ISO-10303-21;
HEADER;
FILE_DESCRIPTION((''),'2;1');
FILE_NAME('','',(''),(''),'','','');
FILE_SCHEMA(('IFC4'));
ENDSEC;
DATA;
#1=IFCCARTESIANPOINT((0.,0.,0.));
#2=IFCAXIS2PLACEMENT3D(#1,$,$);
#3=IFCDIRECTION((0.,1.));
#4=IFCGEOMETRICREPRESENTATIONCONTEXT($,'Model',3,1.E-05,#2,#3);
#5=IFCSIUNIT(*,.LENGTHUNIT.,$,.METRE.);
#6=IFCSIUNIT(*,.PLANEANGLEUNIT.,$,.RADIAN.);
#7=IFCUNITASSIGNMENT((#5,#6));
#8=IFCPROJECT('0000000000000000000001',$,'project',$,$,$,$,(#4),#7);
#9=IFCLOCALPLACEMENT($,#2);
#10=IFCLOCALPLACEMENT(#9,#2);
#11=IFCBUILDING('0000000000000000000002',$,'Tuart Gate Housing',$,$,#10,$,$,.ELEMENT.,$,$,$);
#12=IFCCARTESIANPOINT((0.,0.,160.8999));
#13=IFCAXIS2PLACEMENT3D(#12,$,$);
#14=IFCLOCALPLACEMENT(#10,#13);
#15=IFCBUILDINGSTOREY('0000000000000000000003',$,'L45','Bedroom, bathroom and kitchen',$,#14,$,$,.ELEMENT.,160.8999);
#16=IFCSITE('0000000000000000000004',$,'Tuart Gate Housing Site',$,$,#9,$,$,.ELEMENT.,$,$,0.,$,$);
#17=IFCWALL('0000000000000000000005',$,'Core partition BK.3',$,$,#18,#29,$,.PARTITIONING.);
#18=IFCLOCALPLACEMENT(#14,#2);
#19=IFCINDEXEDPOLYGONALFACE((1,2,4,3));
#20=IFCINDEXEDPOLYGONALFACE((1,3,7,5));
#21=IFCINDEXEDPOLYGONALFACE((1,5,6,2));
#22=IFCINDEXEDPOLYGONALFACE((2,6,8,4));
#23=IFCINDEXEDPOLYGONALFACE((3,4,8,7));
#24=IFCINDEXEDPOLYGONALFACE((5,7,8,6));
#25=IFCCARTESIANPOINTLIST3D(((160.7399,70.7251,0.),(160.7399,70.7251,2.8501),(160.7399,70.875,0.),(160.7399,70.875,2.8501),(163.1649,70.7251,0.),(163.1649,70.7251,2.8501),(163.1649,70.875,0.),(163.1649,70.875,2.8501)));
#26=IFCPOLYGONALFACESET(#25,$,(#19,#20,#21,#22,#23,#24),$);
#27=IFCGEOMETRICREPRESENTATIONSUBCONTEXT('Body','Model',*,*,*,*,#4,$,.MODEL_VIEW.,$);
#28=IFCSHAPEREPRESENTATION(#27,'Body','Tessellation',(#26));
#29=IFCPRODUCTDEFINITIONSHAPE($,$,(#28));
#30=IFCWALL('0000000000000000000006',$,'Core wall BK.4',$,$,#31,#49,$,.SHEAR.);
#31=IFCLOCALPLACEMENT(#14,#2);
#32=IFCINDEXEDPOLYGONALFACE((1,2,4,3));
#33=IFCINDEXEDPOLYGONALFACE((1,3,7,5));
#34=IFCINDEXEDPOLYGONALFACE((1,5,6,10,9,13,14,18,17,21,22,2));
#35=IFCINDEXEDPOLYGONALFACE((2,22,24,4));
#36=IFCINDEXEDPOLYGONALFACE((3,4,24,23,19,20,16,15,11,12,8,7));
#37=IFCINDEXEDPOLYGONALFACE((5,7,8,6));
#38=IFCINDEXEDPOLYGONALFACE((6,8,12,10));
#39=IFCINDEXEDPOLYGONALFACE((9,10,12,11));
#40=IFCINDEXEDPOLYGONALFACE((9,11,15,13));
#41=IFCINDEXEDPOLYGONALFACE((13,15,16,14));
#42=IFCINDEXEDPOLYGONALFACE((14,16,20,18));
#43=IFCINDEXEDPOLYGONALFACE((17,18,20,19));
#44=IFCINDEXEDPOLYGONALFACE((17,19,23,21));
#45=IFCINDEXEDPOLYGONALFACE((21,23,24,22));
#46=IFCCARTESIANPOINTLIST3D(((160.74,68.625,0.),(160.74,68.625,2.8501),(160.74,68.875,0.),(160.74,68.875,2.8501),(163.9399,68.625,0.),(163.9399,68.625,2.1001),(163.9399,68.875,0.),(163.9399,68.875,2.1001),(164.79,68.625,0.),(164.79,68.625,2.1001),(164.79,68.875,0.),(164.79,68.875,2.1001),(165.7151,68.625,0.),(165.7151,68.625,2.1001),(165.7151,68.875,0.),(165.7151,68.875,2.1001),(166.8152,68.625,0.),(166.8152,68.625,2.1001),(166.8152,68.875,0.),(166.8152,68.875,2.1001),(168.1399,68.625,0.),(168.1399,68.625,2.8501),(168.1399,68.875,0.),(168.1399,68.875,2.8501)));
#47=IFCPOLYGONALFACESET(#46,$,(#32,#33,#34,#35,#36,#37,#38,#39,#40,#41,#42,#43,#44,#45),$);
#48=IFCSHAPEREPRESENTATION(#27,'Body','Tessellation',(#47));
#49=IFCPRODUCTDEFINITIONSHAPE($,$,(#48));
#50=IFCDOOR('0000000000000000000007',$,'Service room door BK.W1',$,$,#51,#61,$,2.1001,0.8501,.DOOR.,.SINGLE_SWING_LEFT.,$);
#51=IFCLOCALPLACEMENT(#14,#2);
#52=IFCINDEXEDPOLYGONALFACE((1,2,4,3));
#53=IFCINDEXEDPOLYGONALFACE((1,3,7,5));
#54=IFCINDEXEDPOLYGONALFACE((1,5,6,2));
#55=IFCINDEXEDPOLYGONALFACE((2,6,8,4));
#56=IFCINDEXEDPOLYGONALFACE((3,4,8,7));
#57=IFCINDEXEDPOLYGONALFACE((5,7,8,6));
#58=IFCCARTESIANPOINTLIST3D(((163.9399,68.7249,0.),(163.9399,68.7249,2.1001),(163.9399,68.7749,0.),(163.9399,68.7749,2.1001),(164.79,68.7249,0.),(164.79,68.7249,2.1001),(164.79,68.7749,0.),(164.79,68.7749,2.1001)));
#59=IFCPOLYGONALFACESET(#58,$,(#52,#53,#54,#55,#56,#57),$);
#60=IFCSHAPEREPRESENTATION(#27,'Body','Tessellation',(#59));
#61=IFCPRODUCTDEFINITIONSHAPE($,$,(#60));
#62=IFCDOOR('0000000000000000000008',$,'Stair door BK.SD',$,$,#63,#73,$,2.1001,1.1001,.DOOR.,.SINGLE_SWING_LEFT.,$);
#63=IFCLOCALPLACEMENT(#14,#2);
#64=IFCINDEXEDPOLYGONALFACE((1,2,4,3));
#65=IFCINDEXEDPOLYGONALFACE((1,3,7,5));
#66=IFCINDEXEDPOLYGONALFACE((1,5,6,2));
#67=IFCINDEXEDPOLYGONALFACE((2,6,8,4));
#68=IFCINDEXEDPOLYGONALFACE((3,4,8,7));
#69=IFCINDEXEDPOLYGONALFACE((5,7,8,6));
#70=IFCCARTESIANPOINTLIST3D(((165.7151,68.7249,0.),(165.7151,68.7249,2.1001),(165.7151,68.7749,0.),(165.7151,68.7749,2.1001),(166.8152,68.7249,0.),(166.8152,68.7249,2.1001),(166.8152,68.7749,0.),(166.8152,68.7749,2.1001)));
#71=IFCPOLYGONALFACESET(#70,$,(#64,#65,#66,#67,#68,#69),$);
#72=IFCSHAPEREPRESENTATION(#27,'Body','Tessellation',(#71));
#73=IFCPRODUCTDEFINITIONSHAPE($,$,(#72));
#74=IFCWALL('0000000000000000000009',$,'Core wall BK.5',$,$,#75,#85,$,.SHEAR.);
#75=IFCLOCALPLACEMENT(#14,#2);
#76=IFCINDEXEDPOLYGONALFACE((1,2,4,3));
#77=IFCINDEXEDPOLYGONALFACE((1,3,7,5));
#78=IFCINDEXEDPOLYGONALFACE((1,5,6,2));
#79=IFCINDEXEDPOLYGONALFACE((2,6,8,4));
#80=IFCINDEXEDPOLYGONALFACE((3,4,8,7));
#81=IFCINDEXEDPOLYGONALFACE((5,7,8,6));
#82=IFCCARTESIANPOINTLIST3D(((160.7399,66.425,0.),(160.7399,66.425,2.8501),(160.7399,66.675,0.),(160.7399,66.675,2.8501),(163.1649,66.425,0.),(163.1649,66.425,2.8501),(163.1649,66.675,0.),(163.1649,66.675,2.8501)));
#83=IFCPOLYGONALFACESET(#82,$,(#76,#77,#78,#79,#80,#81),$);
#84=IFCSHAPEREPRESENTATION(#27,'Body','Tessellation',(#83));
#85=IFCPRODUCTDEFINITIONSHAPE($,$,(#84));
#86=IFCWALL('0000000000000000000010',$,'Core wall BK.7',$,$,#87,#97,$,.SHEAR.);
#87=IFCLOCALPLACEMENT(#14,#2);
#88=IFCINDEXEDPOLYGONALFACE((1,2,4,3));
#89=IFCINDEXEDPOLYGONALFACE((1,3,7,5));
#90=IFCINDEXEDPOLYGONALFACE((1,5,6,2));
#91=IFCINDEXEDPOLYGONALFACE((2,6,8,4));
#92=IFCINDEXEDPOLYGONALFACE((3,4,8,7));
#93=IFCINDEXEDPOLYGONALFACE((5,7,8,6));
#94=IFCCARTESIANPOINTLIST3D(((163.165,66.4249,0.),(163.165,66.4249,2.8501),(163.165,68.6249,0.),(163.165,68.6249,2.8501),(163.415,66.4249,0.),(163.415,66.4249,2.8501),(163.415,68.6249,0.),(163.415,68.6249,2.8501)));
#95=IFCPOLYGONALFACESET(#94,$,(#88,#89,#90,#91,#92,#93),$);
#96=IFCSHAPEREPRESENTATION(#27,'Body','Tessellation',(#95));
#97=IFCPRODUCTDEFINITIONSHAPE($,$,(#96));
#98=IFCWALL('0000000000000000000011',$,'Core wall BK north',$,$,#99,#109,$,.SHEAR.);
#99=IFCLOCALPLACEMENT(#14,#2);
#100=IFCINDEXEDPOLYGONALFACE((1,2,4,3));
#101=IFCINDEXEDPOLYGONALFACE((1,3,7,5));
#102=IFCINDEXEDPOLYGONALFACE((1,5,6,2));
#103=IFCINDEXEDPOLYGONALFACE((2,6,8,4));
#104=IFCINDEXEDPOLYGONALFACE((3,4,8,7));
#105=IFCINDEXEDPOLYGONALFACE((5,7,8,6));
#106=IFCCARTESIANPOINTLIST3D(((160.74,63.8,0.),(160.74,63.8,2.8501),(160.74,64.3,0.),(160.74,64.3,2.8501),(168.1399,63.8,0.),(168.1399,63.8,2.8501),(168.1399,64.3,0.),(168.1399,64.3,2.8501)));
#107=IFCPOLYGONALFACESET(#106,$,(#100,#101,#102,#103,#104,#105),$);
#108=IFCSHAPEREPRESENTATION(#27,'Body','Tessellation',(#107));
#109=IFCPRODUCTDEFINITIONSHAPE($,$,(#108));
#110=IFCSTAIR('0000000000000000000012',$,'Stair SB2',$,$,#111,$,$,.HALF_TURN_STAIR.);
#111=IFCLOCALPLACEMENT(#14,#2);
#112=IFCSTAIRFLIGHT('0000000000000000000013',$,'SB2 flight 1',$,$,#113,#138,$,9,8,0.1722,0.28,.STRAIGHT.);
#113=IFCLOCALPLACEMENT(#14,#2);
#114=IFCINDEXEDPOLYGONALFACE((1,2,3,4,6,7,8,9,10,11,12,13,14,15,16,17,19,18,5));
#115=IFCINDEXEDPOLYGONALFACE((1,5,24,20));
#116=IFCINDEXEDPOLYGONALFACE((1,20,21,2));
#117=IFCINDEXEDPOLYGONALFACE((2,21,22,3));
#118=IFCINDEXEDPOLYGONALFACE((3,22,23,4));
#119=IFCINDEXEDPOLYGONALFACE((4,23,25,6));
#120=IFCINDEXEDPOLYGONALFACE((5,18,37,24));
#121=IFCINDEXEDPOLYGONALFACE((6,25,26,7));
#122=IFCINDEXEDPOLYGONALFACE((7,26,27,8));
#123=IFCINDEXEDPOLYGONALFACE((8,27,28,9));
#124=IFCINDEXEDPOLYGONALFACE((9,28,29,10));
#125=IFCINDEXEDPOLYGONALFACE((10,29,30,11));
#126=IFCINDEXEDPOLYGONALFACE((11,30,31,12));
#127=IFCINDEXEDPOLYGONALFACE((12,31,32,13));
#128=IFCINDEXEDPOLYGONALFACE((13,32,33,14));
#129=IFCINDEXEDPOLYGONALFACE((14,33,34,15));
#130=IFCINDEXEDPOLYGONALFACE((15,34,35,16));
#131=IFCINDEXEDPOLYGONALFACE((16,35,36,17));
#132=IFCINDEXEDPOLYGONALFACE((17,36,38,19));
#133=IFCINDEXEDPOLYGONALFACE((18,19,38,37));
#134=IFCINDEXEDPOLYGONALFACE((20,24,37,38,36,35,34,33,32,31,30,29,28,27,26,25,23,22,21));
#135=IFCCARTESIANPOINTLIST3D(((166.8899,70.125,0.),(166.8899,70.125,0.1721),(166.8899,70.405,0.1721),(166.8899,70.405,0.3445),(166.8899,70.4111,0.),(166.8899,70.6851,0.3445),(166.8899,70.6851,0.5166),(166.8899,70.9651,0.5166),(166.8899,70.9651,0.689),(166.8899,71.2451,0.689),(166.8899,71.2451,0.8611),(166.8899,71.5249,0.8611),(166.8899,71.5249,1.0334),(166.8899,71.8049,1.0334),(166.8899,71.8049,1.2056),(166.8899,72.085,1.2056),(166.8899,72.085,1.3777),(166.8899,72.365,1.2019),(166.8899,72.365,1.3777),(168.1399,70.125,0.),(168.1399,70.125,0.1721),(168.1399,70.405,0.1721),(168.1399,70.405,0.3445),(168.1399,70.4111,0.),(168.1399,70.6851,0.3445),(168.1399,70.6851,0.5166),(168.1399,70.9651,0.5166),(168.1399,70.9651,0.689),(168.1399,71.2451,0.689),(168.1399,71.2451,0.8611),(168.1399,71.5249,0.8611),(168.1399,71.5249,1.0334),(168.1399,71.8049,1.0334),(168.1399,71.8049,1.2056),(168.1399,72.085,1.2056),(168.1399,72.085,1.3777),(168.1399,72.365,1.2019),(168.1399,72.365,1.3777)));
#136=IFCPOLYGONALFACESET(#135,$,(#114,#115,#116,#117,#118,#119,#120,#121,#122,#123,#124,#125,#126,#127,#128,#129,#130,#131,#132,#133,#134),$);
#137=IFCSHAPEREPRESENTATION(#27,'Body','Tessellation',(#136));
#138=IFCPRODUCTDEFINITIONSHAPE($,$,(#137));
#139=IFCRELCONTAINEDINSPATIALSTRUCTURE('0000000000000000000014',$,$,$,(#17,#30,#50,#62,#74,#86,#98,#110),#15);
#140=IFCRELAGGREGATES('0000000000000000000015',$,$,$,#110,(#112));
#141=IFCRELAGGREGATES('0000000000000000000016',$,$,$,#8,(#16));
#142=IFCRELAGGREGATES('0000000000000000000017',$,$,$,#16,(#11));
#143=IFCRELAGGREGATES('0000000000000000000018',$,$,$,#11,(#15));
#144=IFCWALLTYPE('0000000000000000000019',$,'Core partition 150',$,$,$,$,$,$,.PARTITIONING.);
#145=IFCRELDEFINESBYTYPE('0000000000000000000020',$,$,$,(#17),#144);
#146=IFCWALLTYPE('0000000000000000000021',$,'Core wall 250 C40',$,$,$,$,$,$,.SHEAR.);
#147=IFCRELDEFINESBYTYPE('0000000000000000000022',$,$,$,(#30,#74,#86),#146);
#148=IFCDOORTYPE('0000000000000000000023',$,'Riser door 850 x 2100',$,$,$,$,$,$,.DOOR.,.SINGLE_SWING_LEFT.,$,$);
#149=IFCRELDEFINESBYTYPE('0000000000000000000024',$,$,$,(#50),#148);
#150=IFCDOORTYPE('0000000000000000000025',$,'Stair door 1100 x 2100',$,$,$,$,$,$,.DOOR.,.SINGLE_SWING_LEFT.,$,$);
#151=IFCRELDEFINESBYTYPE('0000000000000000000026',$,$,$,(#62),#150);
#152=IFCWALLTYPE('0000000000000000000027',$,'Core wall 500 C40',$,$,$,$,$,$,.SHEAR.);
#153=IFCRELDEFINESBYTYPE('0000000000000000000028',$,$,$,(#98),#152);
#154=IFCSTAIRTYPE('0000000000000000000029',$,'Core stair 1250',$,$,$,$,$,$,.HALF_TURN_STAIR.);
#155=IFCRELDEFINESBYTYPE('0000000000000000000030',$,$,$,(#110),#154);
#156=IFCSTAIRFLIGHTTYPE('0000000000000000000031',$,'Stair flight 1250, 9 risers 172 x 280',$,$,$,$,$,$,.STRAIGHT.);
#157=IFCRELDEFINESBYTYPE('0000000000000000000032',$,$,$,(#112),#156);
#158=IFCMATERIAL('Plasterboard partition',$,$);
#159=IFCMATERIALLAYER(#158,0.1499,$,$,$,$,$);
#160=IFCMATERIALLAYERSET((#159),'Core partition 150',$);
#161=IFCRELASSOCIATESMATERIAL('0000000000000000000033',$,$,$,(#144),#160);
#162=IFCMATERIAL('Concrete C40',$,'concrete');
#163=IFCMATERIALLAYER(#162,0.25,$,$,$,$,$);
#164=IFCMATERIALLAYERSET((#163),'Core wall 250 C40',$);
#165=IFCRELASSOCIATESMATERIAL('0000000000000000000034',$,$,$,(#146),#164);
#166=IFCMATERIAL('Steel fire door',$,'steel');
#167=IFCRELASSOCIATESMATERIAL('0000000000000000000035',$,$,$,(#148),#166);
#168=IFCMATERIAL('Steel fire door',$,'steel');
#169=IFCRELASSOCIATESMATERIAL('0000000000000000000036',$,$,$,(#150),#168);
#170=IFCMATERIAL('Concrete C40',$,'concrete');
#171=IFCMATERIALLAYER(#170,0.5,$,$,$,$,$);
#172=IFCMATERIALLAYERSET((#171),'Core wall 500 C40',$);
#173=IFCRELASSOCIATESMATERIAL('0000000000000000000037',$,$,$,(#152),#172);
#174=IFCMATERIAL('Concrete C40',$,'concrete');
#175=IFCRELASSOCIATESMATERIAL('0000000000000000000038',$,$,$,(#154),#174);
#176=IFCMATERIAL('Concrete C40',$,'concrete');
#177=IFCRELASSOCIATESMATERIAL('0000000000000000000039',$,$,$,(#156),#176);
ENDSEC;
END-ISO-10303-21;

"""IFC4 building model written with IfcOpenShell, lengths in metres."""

from ifc_helpers import new_model, si_unit, direction, frame, frame_2d, origin, place, context, subcontext, project, spatial, polyline, rectangle, outline, extrude, material, layer, layer_set, type_object, element, fill, aggregate, save


model = new_model("IFC4")

# Units and contexts
model_context = context("Model", 3, precision=1e-05, world=origin(), true_north=direction((0.0, 1.0)))
body_context = subcontext(model_context, "Body", "Model", "MODEL_VIEW")
ifc_project = project(units=[si_unit("LENGTHUNIT", "METRE"), si_unit("PLANEANGLEUNIT", "RADIAN")], contexts=[model_context])

# Site, building, storey
site_placement = place(None, origin())
site = spatial("IfcSite", under=ifc_project, at=site_placement, Name="Tuart Gate Housing Site", CompositionType="ELEMENT", RefElevation=0.0)
building_placement = place(site_placement, origin())
building = spatial("IfcBuilding", under=site, at=building_placement, Name="Tuart Gate Housing", CompositionType="ELEMENT")
storey_placement = place(building_placement, frame((0.0, 0.0, 160.8999)))
storey = spatial("IfcBuildingStorey", under=building, at=storey_placement, Name="L45", Description="Bedroom, bathroom and kitchen", CompositionType="ELEMENT", Elevation=160.8999)

# Wall
ifc_material_1 = material(Name="Plasterboard partition")
ifc_layer_1 = layer(ifc_material_1, 0.1499)
ifc_layer_set_1 = layer_set([ifc_layer_1], Name="Core partition 150")
wall_type_1 = type_object("IfcWallType", Name="Core partition 150", PredefinedType="PARTITIONING", material=ifc_layer_set_1)
wall_1_placement = place(storey_placement, frame((160.74, 70.8, 0.0), z_axis=(0.0, 0.0, 1.0), x_axis=(1.0, 0.0, 0.0)))
element("IfcWall", 1, at=wall_1_placement, inside=storey, type_object=wall_type_1, Name="Core partition BK.3", PredefinedType="PARTITIONING", context=body_context, shape_type="SweptSolid", body=[
    extrude(rectangle(XDim=2.425, YDim=0.1499, at=frame_2d((1.2124, 0.0))), origin(), (0.0, 0.0, 1.0), 2.8501),
])

# Wall, openings, doors
ifc_material_2 = material(Name="Concrete C40", Category="concrete")
ifc_layer_2 = layer(ifc_material_2, 0.25)
ifc_layer_set_2 = layer_set([ifc_layer_2], Name="Core wall 250 C40")
wall_type_2 = type_object("IfcWallType", Name="Core wall 250 C40", PredefinedType="SHEAR", material=ifc_layer_set_2)
wall_2_placement = place(storey_placement, frame((160.74, 68.75, 0.0), z_axis=(0.0, 0.0, 1.0), x_axis=(1.0, 0.0, 0.0)))
wall_2 = element("IfcWall", 2, at=wall_2_placement, inside=storey, type_object=wall_type_2, Name="Core wall BK.4", PredefinedType="SHEAR", context=body_context, shape_type="SweptSolid", body=[
    extrude(rectangle(XDim=7.3999, YDim=0.25, at=frame_2d((3.7, 0.0))), origin(), (0.0, 0.0, 1.0), 2.8501),
])
opening_1_placement = place(wall_2_placement, frame((4.9751, 0.0, 0.0)))
opening_1 = element("IfcOpeningElement", 3, at=opening_1_placement, cuts=wall_2, PredefinedType="OPENING", context=body_context, shape_type="SweptSolid", body=[
    extrude(rectangle(XDim=1.1001, YDim=2.1001, at=frame_2d((0.55, 1.05))), frame((0.0, 0.135, 0.0), z_axis=(0.0, -1.0, 0.0), x_axis=(1.0, 0.0, 0.0)), (0.0, 0.0, 1.0), 0.27),
])
opening_2_placement = place(wall_2_placement, frame((3.2, 0.0, 0.0)))
opening_2 = element("IfcOpeningElement", 4, at=opening_2_placement, cuts=wall_2, PredefinedType="OPENING", context=body_context, shape_type="SweptSolid", body=[
    extrude(rectangle(XDim=0.8501, YDim=2.1001, at=frame_2d((0.425, 1.05))), frame((0.0, 0.135, 0.0), z_axis=(0.0, -1.0, 0.0), x_axis=(1.0, 0.0, 0.0)), (0.0, 0.0, 1.0), 0.27),
])
ifc_material_3 = material(Name="Steel fire door", Category="steel")
door_type_1 = type_object("IfcDoorType", Name="Riser door 850 x 2100", OperationType="SINGLE_SWING_LEFT", PredefinedType="DOOR", material=ifc_material_3)
door_1_placement = place(opening_2_placement, origin())
door_1 = element("IfcDoor", 5, at=door_1_placement, inside=storey, type_object=door_type_1, Name="Service room door BK.W1", OperationType="SINGLE_SWING_LEFT", OverallHeight=2.1001, OverallWidth=0.8501, PredefinedType="DOOR", context=body_context, shape_type="SweptSolid", body=[
    extrude(rectangle(XDim=0.8501, YDim=2.1001, at=frame_2d((0.425, 1.05))), frame((0.0, 0.0249, 0.0), z_axis=(0.0, -1.0, 0.0), x_axis=(1.0, 0.0, 0.0)), (0.0, 0.0, 1.0), 0.05),
])
fill(opening_2, door_1)
ifc_material_4 = material(Name="Steel fire door", Category="steel")
door_type_2 = type_object("IfcDoorType", Name="Stair door 1100 x 2100", OperationType="SINGLE_SWING_LEFT", PredefinedType="DOOR", material=ifc_material_4)
door_2_placement = place(opening_1_placement, origin())
door_2 = element("IfcDoor", 6, at=door_2_placement, inside=storey, type_object=door_type_2, Name="Stair door BK.SD", OperationType="SINGLE_SWING_LEFT", OverallHeight=2.1001, OverallWidth=1.1001, PredefinedType="DOOR", context=body_context, shape_type="SweptSolid", body=[
    extrude(rectangle(XDim=1.1001, YDim=2.1001, at=frame_2d((0.55, 1.05))), frame((0.0, 0.0249, 0.0), z_axis=(0.0, -1.0, 0.0), x_axis=(1.0, 0.0, 0.0)), (0.0, 0.0, 1.0), 0.05),
])
fill(opening_1, door_2)

# Walls
wall_3_placement = place(storey_placement, frame((160.74, 66.55, 0.0), z_axis=(0.0, 0.0, 1.0), x_axis=(1.0, 0.0, 0.0)))
element("IfcWall", 7, at=wall_3_placement, inside=storey, type_object=wall_type_2, Name="Core wall BK.5", PredefinedType="SHEAR", context=body_context, shape_type="SweptSolid", body=[
    extrude(rectangle(XDim=2.425, YDim=0.25, at=frame_2d((1.2124, 0.0))), origin(), (0.0, 0.0, 1.0), 2.8501),
])
wall_4_placement = place(storey_placement, frame((163.29, 68.625, 0.0), z_axis=(0.0, 0.0, 1.0), x_axis=(0.0, -1.0, 0.0)))
element("IfcWall", 8, at=wall_4_placement, inside=storey, type_object=wall_type_2, Name="Core wall BK.7", PredefinedType="SHEAR", context=body_context, shape_type="SweptSolid", body=[
    extrude(rectangle(XDim=2.2, YDim=0.25, at=frame_2d((1.1001, 0.0))), origin(), (0.0, 0.0, 1.0), 2.8501),
])
ifc_material_5 = material(Name="Concrete C40", Category="concrete")
ifc_layer_3 = layer(ifc_material_5, 0.5)
ifc_layer_set_3 = layer_set([ifc_layer_3], Name="Core wall 500 C40")
wall_type_3 = type_object("IfcWallType", Name="Core wall 500 C40", PredefinedType="SHEAR", material=ifc_layer_set_3)
wall_5_placement = place(storey_placement, frame((160.74, 64.05, 0.0), z_axis=(0.0, 0.0, 1.0), x_axis=(1.0, 0.0, 0.0)))
element("IfcWall", 9, at=wall_5_placement, inside=storey, type_object=wall_type_3, Name="Core wall BK north", PredefinedType="SHEAR", context=body_context, shape_type="SweptSolid", body=[
    extrude(rectangle(XDim=7.3999, YDim=0.5, at=frame_2d((3.7, 0.0))), origin(), (0.0, 0.0, 1.0), 2.8501),
])

# Stair, stair flight
ifc_material_6 = material(Name="Concrete C40", Category="concrete")
stair_type = type_object("IfcStairType", Name="Core stair 1250", PredefinedType="HALF_TURN_STAIR", material=ifc_material_6)
stair_placement = place(storey_placement, origin())
stair = element("IfcStair", 10, at=stair_placement, inside=storey, type_object=stair_type, Name="Stair SB2", PredefinedType="HALF_TURN_STAIR")
ifc_material_7 = material(Name="Concrete C40", Category="concrete")
stair_flight_type = type_object("IfcStairFlightType", Name="Stair flight 1250, 9 risers 172 x 280", PredefinedType="STRAIGHT", material=ifc_material_7)
stair_flight_placement = place(storey_placement, frame((167.5149, 70.125, 0.0), z_axis=(0.0, 0.0, 1.0), x_axis=(0.0, 1.0, 0.0)))
stair_flight = element("IfcStairFlight", 11, at=stair_flight_placement, type_object=stair_flight_type, Name="SB2 flight 1", NumberOfRisers=9, NumberOfTreads=8, PredefinedType="STRAIGHT", RiserHeight=0.1722, TreadLength=0.28, context=body_context, shape_type="SweptSolid", body=[
    extrude(outline(polyline([(0.0, 0.0), (0.0, 0.1721), (0.28, 0.1721), (0.28, 0.3445), (0.5601, 0.3445), (0.5601, 0.5166), (0.8401, 0.5166), (0.8401, 0.689), (1.1201, 0.689), (1.1201, 0.8611), (1.3999, 0.8611), (1.3999, 1.0334), (1.6799, 1.0334), (1.6799, 1.2056), (1.96, 1.2056), (1.96, 1.3777), (2.24, 1.3777), (2.24, 1.55), (2.24, 1.2019), (0.2861, 0.0), (0.0, 0.0)])), frame((0.0, 0.625, 0.0), z_axis=(0.0, -1.0, 0.0), x_axis=(1.0, 0.0, 0.0)), (0.0, 0.0, 1.0), 1.25),
])
aggregate(stair, [stair_flight])

save(model, "model.ifc")
